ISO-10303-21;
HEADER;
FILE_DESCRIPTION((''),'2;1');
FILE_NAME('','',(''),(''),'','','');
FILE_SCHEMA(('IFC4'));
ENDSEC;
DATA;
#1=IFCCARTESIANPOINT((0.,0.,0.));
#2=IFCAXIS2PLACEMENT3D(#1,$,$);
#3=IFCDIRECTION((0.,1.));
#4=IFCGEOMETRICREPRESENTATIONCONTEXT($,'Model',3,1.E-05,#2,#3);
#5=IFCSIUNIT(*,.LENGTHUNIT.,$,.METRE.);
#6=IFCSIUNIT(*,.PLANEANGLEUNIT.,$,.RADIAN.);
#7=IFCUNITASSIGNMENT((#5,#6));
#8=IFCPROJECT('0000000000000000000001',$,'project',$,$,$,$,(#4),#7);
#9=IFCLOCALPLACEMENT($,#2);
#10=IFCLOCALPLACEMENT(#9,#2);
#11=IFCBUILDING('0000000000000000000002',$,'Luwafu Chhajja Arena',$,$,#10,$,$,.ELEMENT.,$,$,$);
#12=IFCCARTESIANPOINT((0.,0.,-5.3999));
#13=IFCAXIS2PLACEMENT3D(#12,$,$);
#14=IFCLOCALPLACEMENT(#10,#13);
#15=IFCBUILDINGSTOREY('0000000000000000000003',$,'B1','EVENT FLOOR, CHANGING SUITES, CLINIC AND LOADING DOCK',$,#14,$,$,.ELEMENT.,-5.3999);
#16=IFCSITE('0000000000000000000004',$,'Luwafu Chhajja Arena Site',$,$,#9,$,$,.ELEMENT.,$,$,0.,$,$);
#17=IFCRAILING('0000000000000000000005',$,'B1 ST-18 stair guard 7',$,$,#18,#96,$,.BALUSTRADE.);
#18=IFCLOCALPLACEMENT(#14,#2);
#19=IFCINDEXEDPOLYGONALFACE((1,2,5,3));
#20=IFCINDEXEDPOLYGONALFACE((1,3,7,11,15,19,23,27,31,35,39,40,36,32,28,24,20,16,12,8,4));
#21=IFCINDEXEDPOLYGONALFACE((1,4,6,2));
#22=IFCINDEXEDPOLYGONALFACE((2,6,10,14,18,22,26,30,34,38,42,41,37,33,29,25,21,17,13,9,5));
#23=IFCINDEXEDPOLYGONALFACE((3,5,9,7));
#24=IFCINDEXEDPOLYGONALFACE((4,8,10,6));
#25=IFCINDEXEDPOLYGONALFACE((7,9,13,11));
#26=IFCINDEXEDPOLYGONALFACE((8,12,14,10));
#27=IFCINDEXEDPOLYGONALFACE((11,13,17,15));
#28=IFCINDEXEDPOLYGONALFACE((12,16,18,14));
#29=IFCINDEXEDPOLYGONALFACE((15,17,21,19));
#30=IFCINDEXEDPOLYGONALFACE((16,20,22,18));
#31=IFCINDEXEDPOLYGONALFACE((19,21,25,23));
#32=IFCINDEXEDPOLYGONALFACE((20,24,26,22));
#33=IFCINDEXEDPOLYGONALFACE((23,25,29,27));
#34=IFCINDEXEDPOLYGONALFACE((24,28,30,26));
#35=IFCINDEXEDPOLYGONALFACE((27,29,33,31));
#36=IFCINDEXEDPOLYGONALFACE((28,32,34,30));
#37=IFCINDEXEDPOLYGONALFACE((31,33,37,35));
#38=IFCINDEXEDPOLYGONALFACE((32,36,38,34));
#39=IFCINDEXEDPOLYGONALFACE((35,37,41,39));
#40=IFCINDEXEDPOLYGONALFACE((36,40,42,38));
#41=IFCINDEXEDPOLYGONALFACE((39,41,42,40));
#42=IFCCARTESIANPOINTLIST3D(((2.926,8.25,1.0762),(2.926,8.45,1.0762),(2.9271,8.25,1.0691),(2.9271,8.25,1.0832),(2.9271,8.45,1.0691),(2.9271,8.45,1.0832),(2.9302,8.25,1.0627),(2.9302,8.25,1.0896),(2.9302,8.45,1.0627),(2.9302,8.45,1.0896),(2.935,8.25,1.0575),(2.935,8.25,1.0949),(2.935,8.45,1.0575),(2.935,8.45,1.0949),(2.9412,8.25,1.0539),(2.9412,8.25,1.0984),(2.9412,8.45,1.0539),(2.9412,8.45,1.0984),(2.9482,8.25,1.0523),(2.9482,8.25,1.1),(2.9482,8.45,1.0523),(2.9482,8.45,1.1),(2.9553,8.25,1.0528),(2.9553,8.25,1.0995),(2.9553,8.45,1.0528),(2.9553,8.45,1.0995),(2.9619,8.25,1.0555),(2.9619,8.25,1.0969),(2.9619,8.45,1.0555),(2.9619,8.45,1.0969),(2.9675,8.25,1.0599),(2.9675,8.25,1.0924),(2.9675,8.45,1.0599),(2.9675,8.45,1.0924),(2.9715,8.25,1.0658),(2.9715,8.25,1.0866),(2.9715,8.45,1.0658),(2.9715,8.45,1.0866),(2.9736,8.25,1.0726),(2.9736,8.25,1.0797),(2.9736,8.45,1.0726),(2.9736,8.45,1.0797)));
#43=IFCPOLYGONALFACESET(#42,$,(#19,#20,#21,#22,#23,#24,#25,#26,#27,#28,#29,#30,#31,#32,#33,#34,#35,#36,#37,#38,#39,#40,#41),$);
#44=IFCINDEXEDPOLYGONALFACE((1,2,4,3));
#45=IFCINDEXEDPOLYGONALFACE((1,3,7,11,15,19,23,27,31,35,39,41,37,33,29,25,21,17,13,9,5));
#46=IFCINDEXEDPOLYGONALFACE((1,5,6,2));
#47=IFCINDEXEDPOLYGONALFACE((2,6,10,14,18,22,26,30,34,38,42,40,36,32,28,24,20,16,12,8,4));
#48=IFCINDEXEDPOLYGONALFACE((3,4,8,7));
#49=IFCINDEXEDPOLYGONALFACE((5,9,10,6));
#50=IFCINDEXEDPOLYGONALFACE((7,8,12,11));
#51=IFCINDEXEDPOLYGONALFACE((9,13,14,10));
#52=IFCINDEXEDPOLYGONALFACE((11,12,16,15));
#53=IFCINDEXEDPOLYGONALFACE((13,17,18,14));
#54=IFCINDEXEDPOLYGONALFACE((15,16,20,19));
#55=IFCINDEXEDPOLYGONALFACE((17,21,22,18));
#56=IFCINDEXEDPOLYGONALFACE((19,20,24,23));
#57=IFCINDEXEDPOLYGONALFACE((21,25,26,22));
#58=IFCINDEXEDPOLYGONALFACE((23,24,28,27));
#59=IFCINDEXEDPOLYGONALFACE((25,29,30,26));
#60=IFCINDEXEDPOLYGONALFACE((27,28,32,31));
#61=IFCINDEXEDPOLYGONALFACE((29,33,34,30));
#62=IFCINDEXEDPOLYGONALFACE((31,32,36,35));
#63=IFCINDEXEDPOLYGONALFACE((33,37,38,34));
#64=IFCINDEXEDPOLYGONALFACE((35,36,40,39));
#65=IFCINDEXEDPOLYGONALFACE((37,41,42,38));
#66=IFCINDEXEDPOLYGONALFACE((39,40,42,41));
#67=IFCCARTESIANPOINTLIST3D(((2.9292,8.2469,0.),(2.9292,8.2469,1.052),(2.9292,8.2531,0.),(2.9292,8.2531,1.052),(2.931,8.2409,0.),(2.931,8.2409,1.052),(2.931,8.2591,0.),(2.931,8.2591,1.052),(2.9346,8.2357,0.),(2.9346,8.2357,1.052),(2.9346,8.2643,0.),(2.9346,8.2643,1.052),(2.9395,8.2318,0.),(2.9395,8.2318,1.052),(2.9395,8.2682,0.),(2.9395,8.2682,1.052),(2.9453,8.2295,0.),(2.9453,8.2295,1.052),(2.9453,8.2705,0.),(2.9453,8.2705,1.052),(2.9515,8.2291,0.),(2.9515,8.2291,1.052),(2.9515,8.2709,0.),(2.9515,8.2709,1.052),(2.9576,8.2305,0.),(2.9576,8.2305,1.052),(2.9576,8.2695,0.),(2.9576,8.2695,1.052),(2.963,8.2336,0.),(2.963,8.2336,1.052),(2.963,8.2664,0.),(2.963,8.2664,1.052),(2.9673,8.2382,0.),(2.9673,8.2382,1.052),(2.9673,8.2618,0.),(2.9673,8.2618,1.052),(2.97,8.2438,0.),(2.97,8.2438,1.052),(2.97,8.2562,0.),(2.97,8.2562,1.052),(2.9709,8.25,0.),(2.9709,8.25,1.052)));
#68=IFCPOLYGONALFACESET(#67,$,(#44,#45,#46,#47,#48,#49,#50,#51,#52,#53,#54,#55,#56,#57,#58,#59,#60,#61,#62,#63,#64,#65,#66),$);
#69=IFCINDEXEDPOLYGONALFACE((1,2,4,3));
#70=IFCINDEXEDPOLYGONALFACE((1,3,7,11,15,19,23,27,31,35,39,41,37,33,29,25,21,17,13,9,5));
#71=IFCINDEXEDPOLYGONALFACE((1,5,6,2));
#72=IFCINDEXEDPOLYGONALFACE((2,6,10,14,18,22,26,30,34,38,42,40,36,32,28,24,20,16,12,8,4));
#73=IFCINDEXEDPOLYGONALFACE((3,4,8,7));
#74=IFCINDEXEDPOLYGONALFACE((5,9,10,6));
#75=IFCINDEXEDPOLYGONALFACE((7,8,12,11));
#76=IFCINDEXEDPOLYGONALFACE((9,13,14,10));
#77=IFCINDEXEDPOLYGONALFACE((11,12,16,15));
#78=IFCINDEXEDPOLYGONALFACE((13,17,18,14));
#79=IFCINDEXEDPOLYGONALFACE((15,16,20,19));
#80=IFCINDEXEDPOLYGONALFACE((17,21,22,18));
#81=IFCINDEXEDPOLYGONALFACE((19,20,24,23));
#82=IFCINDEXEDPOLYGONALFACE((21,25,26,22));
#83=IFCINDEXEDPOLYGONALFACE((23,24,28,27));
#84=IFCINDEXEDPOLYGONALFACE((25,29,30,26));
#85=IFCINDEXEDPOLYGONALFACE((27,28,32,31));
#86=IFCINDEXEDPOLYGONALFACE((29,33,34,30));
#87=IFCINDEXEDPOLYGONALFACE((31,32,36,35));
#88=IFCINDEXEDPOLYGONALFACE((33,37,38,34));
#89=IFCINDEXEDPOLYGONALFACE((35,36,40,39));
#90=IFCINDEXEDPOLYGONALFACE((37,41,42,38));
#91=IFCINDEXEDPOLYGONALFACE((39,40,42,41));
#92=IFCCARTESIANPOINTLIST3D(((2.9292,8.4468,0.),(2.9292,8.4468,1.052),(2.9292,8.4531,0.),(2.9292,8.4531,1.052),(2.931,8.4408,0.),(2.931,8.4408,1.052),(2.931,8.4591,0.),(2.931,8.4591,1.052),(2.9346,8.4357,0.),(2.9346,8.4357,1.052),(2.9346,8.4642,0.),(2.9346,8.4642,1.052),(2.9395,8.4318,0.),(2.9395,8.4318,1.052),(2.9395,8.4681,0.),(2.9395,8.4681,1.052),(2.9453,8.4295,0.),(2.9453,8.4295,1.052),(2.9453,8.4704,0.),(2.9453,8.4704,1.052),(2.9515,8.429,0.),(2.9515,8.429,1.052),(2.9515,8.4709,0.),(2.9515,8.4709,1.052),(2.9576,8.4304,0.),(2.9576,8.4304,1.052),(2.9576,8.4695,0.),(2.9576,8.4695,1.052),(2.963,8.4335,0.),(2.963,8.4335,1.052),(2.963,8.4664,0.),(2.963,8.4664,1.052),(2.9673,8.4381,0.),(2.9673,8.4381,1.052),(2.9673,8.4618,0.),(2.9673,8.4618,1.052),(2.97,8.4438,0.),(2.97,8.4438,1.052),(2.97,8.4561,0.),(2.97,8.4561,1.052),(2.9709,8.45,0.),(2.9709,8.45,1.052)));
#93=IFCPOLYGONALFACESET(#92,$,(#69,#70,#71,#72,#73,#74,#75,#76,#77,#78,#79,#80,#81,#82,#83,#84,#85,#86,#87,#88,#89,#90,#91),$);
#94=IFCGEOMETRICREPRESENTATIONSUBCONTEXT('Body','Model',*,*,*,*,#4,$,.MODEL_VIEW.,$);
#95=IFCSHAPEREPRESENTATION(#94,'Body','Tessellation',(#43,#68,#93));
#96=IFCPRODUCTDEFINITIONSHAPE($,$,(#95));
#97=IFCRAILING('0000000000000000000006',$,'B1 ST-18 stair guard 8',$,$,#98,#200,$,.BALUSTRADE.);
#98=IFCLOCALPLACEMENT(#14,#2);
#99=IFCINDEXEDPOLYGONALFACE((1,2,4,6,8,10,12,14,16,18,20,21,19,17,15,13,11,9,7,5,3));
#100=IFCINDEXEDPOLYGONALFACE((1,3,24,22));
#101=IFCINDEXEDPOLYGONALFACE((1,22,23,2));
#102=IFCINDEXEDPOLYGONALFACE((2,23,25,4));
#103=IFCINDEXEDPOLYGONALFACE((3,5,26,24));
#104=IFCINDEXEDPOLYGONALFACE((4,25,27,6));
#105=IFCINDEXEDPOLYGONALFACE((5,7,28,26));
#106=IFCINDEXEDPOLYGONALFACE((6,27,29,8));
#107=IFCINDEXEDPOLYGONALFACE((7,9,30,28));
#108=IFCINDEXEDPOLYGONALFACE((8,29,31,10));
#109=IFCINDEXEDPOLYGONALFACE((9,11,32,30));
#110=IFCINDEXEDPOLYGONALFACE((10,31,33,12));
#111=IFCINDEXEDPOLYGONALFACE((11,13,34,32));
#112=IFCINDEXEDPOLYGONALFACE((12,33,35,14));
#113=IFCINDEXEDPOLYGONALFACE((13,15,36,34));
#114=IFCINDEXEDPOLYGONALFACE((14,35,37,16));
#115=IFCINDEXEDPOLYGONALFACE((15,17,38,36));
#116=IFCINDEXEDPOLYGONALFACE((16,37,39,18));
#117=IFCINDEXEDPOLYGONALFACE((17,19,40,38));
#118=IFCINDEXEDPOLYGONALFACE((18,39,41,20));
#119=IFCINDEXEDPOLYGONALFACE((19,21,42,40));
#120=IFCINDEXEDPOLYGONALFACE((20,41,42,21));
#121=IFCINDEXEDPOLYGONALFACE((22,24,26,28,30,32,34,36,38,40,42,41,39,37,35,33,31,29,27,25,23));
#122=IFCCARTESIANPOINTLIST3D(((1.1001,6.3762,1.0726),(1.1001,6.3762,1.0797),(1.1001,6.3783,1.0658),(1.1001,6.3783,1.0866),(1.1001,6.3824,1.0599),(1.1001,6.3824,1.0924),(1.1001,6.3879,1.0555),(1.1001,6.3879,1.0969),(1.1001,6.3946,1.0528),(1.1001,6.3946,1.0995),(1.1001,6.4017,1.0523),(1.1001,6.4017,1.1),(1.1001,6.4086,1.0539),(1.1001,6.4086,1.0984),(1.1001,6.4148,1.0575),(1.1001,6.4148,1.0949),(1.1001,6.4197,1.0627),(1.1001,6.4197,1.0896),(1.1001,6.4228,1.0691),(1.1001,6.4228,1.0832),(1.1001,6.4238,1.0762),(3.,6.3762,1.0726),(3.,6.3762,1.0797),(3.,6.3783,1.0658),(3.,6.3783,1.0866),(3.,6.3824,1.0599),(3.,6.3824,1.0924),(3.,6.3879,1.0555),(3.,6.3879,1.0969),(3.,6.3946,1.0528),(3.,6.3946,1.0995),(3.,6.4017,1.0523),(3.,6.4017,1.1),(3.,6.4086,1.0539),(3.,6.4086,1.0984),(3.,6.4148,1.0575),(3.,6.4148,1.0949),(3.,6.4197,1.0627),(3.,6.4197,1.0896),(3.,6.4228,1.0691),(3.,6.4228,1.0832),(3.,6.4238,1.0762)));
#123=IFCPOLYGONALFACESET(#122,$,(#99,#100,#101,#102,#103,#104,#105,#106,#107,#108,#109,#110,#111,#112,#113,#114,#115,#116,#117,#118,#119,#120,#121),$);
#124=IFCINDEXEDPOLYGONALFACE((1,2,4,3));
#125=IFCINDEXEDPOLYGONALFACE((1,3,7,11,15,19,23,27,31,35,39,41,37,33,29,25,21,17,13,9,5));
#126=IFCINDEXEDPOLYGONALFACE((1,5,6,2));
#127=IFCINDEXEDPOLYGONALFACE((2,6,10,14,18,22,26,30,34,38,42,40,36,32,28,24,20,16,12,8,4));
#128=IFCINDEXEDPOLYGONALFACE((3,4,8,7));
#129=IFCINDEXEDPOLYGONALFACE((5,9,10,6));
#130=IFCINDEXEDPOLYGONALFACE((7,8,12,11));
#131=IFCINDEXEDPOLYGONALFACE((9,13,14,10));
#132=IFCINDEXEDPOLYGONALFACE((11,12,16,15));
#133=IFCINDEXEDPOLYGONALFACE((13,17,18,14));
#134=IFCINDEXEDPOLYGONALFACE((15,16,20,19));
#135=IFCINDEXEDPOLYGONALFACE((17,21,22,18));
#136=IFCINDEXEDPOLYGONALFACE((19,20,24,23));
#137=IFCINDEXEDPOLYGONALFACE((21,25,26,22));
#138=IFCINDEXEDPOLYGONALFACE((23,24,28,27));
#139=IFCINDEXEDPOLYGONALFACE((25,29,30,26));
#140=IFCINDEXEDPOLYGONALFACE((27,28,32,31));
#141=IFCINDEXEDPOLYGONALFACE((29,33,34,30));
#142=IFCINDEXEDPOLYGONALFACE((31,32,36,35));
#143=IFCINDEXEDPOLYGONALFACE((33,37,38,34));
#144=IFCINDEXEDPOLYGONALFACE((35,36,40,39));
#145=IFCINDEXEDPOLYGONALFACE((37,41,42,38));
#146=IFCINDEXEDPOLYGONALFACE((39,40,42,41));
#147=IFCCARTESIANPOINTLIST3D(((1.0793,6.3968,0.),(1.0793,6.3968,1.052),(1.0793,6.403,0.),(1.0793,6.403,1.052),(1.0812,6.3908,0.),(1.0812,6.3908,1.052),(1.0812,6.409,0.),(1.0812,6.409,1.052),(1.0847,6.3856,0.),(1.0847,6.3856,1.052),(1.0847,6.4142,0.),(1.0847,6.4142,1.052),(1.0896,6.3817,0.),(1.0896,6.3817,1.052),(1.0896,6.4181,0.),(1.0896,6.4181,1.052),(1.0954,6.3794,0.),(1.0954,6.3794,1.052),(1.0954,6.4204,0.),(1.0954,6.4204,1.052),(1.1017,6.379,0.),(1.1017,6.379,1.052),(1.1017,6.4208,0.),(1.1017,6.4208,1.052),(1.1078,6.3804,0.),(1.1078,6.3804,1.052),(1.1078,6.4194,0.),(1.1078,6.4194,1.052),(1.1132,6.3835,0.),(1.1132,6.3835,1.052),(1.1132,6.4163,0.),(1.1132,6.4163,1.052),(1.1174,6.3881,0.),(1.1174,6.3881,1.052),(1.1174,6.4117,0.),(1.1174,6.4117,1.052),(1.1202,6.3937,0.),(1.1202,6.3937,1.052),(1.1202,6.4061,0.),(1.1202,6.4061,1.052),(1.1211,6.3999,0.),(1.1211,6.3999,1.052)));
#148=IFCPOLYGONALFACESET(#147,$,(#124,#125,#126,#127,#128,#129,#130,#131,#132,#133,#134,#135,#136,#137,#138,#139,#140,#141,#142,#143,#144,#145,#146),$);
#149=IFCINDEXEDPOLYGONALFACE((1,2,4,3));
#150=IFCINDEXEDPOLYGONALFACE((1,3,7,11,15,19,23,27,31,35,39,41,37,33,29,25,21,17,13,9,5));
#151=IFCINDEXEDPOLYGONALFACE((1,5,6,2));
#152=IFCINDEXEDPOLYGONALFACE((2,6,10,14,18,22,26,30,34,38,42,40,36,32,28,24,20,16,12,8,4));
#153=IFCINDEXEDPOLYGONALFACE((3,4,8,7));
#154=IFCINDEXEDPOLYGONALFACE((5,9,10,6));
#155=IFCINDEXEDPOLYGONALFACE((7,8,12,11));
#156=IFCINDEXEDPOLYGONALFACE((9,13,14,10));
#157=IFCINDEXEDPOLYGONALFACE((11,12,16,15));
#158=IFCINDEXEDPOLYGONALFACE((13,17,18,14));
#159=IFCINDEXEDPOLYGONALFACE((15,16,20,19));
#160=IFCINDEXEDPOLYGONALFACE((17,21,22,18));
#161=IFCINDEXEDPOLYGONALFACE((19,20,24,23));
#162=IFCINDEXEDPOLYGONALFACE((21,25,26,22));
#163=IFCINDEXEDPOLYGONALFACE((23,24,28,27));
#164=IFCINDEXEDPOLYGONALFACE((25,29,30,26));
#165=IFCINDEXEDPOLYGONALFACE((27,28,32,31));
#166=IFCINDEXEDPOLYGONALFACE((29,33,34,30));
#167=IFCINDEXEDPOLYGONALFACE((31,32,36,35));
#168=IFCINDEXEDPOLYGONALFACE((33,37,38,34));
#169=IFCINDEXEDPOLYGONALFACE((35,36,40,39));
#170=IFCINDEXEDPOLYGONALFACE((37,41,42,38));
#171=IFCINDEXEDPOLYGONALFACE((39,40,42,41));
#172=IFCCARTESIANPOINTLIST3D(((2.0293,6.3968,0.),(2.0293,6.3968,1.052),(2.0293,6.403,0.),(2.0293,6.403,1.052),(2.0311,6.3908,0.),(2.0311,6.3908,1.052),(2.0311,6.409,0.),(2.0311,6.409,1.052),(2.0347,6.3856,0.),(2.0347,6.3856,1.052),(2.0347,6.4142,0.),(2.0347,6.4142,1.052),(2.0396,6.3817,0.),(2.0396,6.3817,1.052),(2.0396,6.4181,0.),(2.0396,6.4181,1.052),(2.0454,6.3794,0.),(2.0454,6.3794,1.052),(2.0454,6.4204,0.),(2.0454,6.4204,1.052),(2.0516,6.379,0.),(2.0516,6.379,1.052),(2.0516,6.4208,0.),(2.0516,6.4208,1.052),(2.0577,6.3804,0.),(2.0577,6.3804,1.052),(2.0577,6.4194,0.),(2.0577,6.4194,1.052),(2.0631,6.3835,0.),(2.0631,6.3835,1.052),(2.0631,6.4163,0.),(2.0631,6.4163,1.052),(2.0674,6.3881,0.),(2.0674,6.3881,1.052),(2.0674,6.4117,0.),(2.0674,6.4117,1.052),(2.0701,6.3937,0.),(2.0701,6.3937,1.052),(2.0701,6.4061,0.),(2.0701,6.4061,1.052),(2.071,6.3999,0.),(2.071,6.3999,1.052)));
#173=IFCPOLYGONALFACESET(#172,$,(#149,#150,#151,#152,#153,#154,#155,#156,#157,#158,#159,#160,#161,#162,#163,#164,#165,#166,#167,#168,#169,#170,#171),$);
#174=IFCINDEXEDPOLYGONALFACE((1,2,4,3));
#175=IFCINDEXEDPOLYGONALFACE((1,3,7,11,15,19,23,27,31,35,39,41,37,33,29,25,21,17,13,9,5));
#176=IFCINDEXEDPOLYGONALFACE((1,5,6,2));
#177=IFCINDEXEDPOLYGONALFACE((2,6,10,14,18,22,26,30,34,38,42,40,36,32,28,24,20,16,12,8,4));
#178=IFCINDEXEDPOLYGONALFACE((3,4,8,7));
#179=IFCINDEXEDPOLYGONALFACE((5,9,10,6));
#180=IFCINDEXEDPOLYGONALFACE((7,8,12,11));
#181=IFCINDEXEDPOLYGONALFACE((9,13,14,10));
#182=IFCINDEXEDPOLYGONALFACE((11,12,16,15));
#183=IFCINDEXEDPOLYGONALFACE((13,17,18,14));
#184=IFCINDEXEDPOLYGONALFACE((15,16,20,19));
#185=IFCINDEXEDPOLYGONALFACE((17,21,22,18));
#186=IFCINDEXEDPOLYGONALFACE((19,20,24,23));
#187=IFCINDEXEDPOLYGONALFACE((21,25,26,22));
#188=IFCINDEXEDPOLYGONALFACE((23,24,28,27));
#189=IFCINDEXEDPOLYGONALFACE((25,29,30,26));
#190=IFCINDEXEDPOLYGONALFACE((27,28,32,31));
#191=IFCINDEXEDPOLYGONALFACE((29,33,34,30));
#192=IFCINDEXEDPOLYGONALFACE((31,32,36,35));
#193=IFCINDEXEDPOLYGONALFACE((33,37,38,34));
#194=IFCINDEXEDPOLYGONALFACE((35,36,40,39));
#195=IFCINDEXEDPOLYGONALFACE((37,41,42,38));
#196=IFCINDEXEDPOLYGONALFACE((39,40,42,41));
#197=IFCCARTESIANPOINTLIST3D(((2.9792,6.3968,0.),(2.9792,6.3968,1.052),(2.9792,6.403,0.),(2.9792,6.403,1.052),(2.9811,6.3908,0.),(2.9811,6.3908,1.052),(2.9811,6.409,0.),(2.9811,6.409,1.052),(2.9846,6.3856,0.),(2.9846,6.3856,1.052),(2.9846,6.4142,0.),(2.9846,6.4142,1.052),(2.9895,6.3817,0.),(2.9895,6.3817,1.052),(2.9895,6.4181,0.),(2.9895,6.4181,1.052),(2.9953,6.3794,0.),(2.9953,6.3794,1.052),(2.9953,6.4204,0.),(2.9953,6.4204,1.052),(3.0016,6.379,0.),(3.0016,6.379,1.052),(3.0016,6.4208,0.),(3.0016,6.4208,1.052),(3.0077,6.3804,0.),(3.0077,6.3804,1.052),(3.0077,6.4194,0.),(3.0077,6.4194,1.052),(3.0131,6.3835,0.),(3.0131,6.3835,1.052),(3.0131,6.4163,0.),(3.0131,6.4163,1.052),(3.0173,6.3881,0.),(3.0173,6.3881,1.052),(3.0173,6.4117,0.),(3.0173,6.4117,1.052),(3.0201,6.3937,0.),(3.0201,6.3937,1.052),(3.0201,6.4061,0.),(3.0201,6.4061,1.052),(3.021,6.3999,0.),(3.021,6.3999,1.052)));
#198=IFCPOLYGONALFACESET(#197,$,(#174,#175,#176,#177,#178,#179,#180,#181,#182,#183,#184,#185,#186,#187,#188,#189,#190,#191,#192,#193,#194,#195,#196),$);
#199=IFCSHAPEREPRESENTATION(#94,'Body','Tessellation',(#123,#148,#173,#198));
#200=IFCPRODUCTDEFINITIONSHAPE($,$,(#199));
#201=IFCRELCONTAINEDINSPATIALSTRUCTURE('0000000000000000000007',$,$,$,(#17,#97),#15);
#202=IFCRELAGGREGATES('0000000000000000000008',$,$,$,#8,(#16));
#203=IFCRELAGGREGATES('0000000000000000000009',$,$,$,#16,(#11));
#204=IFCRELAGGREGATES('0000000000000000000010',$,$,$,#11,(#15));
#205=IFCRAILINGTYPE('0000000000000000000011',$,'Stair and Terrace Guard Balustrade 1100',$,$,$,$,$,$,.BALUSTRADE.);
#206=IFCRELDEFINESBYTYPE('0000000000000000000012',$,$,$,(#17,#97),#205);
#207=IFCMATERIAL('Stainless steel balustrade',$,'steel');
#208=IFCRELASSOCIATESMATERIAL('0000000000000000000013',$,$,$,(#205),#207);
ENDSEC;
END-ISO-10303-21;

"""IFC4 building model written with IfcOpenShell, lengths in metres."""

from ifc_helpers import new_model, si_unit, direction, frame, origin, origin_2d, place, context, subcontext, project, spatial, circle, extrude, material, type_object, element, save


model = new_model("IFC4")

# Units and contexts
model_context = context("Model", 3, precision=1e-05, world=origin(), true_north=direction((0.0, 1.0)))
body_context = subcontext(model_context, "Body", "Model", "MODEL_VIEW")
ifc_project = project(units=[si_unit("LENGTHUNIT", "METRE"), si_unit("PLANEANGLEUNIT", "RADIAN")], contexts=[model_context])

# Site, building, storey
site_placement = place(None, origin())
site = spatial("IfcSite", under=ifc_project, at=site_placement, Name="Luwafu Chhajja Arena Site", CompositionType="ELEMENT", RefElevation=0.0)
building_placement = place(site_placement, origin())
building = spatial("IfcBuilding", under=site, at=building_placement, Name="Luwafu Chhajja Arena", CompositionType="ELEMENT")
storey_placement = place(building_placement, frame((0.0, 0.0, -5.3999)))
storey = spatial("IfcBuildingStorey", under=building, at=storey_placement, Name="B1", Description="EVENT FLOOR, CHANGING SUITES, CLINIC AND LOADING DOCK", CompositionType="ELEMENT", Elevation=-5.3999)

# Railings
ifc_material_1 = material(Name="Stainless steel balustrade", Category="steel")
railing_type_1 = type_object("IfcRailingType", Name="Stair and Terrace Guard Balustrade 1100", PredefinedType="BALUSTRADE", material=ifc_material_1)
railing_1_placement = place(storey_placement, frame((2.95, 8.25, 0.0)))
element("IfcRailing", 1, at=railing_1_placement, inside=storey, type_object=railing_type_1, Name="B1 ST-18 stair guard 7", PredefinedType="BALUSTRADE", context=body_context, shape_type="SweptSolid", body=[
    extrude(circle(Radius=0.0239, at=origin_2d()), frame((0.0, 0.0, 1.0762), z_axis=(0.0, 1.0, 0.0), x_axis=(-1.0, 0.0, 0.0)), (0.0, 0.0, 1.0), 0.2),
    extrude(circle(Radius=0.021, at=origin_2d()), origin(), (0.0, 0.0, 1.0), 1.052),
    extrude(circle(Radius=0.021, at=origin_2d()), frame((0.0, 0.2, 0.0)), (0.0, 0.0, 1.0), 1.052),
])
for number, where, name in (
    (2, (1.1001, 6.3999, 0.0), "B1 ST-18 stair guard 8"),
):
    element("IfcRailing", number, at=place(storey_placement, frame(where)), inside=storey, type_object=railing_type_1, Name=name, PredefinedType="BALUSTRADE", context=body_context, shape_type="SweptSolid", body=[
        extrude(circle(Radius=0.0239, at=origin_2d()), frame((0.0, 0.0, 1.0762), z_axis=(1.0, 0.0, 0.0), x_axis=(0.0, 1.0, 0.0)), (0.0, 0.0, 1.0), 1.8999),
        extrude(circle(Radius=0.021, at=origin_2d()), origin(), (0.0, 0.0, 1.0), 1.052),
        extrude(circle(Radius=0.021, at=origin_2d()), frame((0.95, 0.0, 0.0)), (0.0, 0.0, 1.0), 1.052),
        extrude(circle(Radius=0.021, at=origin_2d()), frame((1.8999, 0.0, 0.0)), (0.0, 0.0, 1.0), 1.052),
    ])

save(model, "model.ifc")
